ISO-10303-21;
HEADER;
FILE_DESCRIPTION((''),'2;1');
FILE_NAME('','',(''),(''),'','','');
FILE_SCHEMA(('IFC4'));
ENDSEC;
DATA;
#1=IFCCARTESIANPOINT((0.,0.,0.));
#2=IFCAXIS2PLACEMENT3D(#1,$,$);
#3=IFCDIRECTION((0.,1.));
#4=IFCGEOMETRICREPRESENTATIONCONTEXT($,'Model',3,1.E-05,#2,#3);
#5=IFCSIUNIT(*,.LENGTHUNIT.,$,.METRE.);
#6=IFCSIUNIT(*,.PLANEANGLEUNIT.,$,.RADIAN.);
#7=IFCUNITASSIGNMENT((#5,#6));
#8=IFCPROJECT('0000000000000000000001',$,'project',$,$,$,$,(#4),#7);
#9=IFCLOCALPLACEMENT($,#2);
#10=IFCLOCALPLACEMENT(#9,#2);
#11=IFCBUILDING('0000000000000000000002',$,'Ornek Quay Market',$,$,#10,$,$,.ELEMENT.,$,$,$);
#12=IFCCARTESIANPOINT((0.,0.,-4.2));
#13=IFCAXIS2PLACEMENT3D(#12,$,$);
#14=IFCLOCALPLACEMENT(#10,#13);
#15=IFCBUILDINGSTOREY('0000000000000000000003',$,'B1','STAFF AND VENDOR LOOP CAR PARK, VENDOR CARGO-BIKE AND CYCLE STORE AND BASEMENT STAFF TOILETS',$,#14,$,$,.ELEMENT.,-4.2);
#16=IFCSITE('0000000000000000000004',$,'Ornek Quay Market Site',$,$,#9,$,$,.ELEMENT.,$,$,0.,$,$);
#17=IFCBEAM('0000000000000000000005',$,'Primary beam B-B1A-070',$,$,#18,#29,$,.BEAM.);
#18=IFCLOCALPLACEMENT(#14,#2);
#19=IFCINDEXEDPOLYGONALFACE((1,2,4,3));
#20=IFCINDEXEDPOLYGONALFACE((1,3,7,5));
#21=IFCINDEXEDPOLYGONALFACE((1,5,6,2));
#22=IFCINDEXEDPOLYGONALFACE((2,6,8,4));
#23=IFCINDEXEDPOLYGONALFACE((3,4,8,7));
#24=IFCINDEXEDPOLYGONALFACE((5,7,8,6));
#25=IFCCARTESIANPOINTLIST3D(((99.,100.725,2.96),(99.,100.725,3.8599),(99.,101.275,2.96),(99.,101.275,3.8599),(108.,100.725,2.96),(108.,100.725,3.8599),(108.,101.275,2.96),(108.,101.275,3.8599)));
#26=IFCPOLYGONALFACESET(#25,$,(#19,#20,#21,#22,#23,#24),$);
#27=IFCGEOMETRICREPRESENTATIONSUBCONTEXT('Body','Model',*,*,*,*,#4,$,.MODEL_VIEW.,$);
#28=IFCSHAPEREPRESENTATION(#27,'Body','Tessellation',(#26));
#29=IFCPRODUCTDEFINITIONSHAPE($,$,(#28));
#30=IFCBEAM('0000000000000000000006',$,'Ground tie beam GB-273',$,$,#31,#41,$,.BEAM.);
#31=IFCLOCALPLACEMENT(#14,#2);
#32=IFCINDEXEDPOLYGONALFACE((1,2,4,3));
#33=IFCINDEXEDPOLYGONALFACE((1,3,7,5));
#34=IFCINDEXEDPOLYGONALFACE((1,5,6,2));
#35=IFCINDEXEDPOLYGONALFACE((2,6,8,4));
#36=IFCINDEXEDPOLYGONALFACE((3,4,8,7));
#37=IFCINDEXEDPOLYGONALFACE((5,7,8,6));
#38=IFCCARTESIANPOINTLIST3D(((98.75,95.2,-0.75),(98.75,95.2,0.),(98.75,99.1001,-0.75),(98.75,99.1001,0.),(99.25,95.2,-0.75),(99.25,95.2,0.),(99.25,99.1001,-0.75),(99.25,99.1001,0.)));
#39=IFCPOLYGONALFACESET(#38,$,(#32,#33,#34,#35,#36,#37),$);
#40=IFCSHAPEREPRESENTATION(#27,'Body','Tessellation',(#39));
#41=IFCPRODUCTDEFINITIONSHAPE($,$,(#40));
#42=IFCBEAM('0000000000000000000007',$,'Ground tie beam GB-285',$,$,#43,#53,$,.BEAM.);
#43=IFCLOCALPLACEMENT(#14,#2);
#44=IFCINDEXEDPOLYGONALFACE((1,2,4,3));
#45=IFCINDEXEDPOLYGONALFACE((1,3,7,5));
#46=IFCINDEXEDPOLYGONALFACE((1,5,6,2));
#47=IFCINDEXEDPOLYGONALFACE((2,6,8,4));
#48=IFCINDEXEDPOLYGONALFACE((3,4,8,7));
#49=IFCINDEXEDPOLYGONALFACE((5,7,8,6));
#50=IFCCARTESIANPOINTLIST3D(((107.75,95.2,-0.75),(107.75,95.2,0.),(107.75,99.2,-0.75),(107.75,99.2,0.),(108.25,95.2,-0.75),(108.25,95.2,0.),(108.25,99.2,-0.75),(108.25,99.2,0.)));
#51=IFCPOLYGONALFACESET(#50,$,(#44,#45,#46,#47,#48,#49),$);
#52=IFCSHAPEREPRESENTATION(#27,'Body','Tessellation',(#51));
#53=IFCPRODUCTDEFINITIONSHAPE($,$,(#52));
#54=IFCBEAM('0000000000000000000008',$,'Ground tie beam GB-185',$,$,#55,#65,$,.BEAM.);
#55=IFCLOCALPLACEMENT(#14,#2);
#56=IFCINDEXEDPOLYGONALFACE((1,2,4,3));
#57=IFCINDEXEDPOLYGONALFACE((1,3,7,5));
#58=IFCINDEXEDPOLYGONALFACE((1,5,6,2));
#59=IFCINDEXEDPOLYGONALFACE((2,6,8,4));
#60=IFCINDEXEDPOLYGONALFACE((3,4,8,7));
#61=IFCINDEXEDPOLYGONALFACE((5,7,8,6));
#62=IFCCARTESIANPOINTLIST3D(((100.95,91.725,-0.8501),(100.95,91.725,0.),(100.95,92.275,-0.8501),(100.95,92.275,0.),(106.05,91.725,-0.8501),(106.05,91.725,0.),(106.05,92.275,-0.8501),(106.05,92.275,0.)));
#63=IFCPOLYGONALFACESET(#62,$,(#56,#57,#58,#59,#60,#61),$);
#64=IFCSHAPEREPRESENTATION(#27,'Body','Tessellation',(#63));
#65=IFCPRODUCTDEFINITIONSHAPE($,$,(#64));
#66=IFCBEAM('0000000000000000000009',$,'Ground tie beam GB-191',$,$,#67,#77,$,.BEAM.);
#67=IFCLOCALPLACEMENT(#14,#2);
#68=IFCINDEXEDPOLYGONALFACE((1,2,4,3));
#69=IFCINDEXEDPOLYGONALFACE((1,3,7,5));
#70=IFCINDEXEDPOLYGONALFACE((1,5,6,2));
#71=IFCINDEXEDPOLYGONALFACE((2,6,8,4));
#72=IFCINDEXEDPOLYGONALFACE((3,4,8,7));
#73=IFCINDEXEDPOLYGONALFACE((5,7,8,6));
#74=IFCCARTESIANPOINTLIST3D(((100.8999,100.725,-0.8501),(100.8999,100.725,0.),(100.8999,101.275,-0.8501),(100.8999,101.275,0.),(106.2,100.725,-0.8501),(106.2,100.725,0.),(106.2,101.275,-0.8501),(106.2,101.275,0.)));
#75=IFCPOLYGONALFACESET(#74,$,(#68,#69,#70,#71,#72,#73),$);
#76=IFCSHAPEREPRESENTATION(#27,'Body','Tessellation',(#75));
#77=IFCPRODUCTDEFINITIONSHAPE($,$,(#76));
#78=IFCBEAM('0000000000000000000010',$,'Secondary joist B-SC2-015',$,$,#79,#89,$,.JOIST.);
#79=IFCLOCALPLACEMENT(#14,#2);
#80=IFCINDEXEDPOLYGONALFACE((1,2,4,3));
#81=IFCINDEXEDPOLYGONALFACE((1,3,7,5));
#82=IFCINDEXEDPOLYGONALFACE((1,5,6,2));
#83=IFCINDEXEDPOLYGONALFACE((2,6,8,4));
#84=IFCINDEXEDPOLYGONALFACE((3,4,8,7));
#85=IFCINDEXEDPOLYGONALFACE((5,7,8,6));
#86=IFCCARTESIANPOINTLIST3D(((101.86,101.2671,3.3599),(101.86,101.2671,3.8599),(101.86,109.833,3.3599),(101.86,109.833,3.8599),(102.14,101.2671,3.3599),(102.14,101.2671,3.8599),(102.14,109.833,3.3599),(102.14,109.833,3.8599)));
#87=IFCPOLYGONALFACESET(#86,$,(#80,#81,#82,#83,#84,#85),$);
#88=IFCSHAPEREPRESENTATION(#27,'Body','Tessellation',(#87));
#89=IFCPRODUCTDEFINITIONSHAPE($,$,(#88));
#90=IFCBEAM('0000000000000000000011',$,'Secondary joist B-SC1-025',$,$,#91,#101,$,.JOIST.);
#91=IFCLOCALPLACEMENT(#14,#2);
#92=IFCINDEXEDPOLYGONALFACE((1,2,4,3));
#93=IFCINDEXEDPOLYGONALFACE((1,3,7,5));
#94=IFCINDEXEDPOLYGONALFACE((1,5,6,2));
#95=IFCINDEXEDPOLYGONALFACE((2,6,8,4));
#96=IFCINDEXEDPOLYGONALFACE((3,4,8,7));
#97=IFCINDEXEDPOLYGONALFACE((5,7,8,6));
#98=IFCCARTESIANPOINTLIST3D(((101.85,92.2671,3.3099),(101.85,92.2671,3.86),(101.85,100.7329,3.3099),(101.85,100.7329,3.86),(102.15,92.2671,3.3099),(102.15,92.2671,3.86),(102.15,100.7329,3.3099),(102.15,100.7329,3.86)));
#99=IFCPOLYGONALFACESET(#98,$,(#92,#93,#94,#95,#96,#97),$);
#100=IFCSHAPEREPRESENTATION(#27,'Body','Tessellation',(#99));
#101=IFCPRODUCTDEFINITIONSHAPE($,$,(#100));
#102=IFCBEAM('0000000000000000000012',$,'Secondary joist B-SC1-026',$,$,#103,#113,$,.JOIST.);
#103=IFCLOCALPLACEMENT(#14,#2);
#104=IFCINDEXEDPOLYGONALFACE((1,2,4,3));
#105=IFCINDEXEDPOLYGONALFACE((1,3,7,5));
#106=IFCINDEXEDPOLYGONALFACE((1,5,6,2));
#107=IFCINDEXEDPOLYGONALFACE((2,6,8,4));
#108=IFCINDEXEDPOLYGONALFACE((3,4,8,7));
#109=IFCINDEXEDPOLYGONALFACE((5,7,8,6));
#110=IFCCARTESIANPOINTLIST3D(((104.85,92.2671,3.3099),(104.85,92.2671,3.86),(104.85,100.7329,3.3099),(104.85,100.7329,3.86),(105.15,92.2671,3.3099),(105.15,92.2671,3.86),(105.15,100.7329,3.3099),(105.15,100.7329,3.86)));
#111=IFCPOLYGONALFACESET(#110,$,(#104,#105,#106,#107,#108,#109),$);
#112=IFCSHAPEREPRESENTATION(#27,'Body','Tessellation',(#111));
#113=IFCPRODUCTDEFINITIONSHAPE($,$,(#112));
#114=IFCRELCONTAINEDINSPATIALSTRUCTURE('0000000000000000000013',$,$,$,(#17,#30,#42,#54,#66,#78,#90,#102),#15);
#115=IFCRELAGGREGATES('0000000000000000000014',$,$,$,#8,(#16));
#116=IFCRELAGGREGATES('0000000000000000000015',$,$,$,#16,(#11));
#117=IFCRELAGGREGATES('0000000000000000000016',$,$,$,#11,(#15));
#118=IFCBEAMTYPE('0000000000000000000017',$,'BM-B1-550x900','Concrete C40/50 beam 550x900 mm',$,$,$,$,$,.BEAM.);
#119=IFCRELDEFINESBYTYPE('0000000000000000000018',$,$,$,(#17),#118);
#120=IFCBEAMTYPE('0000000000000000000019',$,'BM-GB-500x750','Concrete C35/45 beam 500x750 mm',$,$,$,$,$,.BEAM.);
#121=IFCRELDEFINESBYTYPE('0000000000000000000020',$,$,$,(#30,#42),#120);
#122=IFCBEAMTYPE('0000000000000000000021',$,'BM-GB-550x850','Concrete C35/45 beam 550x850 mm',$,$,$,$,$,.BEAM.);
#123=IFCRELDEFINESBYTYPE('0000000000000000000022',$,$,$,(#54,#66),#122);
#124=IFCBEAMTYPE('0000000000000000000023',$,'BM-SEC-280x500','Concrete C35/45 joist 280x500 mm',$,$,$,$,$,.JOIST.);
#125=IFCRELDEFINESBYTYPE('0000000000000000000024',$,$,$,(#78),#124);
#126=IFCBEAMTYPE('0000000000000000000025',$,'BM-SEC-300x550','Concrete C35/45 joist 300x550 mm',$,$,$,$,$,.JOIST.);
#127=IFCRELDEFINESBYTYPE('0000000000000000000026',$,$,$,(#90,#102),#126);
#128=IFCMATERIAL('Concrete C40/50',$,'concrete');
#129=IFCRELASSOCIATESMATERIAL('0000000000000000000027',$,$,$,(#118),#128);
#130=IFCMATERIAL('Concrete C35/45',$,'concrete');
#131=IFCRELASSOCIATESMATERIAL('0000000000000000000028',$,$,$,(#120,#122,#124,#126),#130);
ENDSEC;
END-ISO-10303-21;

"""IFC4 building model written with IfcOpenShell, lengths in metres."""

from ifc_helpers import new_model, si_unit, direction, frame, origin, origin_2d, place, context, subcontext, project, spatial, rectangle, extrude, material, material_profile, profile_set, type_object, element, save


model = new_model("IFC4")

# Units and contexts
model_context = context("Model", 3, precision=1e-05, world=origin(), true_north=direction((0.0, 1.0)))
body_context = subcontext(model_context, "Body", "Model", "MODEL_VIEW")
ifc_project = project(units=[si_unit("LENGTHUNIT", "METRE"), si_unit("PLANEANGLEUNIT", "RADIAN")], contexts=[model_context])

# Site, building, storey
site_placement = place(None, origin())
site = spatial("IfcSite", under=ifc_project, at=site_placement, Name="Ornek Quay Market Site", CompositionType="ELEMENT", RefElevation=0.0)
building_placement = place(site_placement, origin())
building = spatial("IfcBuilding", under=site, at=building_placement, Name="Ornek Quay Market", CompositionType="ELEMENT")
storey_placement = place(building_placement, frame((0.0, 0.0, -4.2)))
storey = spatial("IfcBuildingStorey", under=building, at=storey_placement, Name="B1", Description="STAFF AND VENDOR LOOP CAR PARK, VENDOR CARGO-BIKE AND CYCLE STORE AND BASEMENT STAFF TOILETS", CompositionType="ELEMENT", Elevation=-4.2)

# Shared definitions
ifc_material_1 = material(Name="Concrete C35/45", Category="concrete")

# Shared definitions
ifc_material_2 = material(Name="Concrete C40/50", Category="concrete")

# Beams
ifc_material_profile_1 = material_profile(ifc_material_2, rectangle(XDim=0.55, YDim=0.8999, at=origin_2d()), Name="RC 550x900", Category="concrete")
ifc_profile_set_1 = profile_set([ifc_material_profile_1], Name="Concrete C40/50")
beam_type_1 = type_object("IfcBeamType", Name="BM-B1-550x900", Description="Concrete C40/50 beam 550x900 mm", PredefinedType="BEAM", material=ifc_profile_set_1)
for number, where, z_axis, x_axis, name in (
    (1, (99.0, 101.0, 3.4099), (1.0, 0.0, 0.0), (0.0, 1.0, 0.0), "Primary beam B-B1A-070"),
):
    element("IfcBeam", number, at=place(storey_placement, frame(where, z_axis=z_axis, x_axis=x_axis)), inside=storey, type_object=beam_type_1, Name=name, PredefinedType="BEAM", context=body_context, shape_type="SweptSolid", body=[
        extrude(rectangle(XDim=0.55, YDim=0.8999, at=origin_2d()), origin(), (0.0, 0.0, 1.0), 9.0),
    ])
ifc_material_profile_2 = material_profile(ifc_material_1, rectangle(XDim=0.5, YDim=0.75, at=origin_2d()), Name="RC 500x750", Category="concrete")
ifc_profile_set_2 = profile_set([ifc_material_profile_2], Name="Concrete C35/45")
beam_type_2 = type_object("IfcBeamType", Name="BM-GB-500x750", Description="Concrete C35/45 beam 500x750 mm", PredefinedType="BEAM", material=ifc_profile_set_2)
beam_1_placement = place(storey_placement, frame((99.0, 95.2, -0.375), z_axis=(0.0, 1.0, 0.0), x_axis=(-1.0, 0.0, 0.0)))
element("IfcBeam", 2, at=beam_1_placement, inside=storey, type_object=beam_type_2, Name="Ground tie beam GB-273", PredefinedType="BEAM", context=body_context, shape_type="SweptSolid", body=[
    extrude(rectangle(XDim=0.5, YDim=0.75, at=origin_2d()), origin(), (0.0, 0.0, 1.0), 3.9001),
])
beam_2_placement = place(storey_placement, frame((108.0, 95.2, -0.375), z_axis=(0.0, 1.0, 0.0), x_axis=(-1.0, 0.0, 0.0)))
element("IfcBeam", 3, at=beam_2_placement, inside=storey, type_object=beam_type_2, Name="Ground tie beam GB-285", PredefinedType="BEAM", context=body_context, shape_type="SweptSolid", body=[
    extrude(rectangle(XDim=0.5, YDim=0.75, at=origin_2d()), origin(), (0.0, 0.0, 1.0), 4.0),
])
ifc_material_profile_3 = material_profile(ifc_material_1, rectangle(XDim=0.55, YDim=0.8501, at=origin_2d()), Name="RC 550x850", Category="concrete")
ifc_profile_set_3 = profile_set([ifc_material_profile_3], Name="Concrete C35/45")
beam_type_3 = type_object("IfcBeamType", Name="BM-GB-550x850", Description="Concrete C35/45 beam 550x850 mm", PredefinedType="BEAM", material=ifc_profile_set_3)
beam_3_placement = place(storey_placement, frame((100.95, 92.0, -0.425), z_axis=(1.0, 0.0, 0.0), x_axis=(0.0, 1.0, 0.0)))
element("IfcBeam", 4, at=beam_3_placement, inside=storey, type_object=beam_type_3, Name="Ground tie beam GB-185", PredefinedType="BEAM", context=body_context, shape_type="SweptSolid", body=[
    extrude(rectangle(XDim=0.55, YDim=0.8501, at=origin_2d()), origin(), (0.0, 0.0, 1.0), 5.1001),
])
beam_4_placement = place(storey_placement, frame((100.8999, 101.0, -0.425), z_axis=(1.0, 0.0, 0.0), x_axis=(0.0, 1.0, 0.0)))
element("IfcBeam", 5, at=beam_4_placement, inside=storey, type_object=beam_type_3, Name="Ground tie beam GB-191", PredefinedType="BEAM", context=body_context, shape_type="SweptSolid", body=[
    extrude(rectangle(XDim=0.55, YDim=0.8501, at=origin_2d()), origin(), (0.0, 0.0, 1.0), 5.3),
])
ifc_material_profile_4 = material_profile(ifc_material_1, rectangle(XDim=0.28, YDim=0.5, at=origin_2d()), Name="RC 280x500", Category="concrete")
ifc_profile_set_4 = profile_set([ifc_material_profile_4], Name="Concrete C35/45")
beam_type_4 = type_object("IfcBeamType", Name="BM-SEC-280x500", Description="Concrete C35/45 joist 280x500 mm", PredefinedType="JOIST", material=ifc_profile_set_4)
beam_5_placement = place(storey_placement, frame((102.0, 101.2671, 3.6099), z_axis=(0.0, 1.0, 0.0), x_axis=(-1.0, 0.0, 0.0)))
element("IfcBeam", 6, at=beam_5_placement, inside=storey, type_object=beam_type_4, Name="Secondary joist B-SC2-015", PredefinedType="JOIST", context=body_context, shape_type="SweptSolid", body=[
    extrude(rectangle(XDim=0.28, YDim=0.5, at=origin_2d()), origin(), (0.0, 0.0, 1.0), 8.5659),
])
ifc_material_profile_5 = material_profile(ifc_material_1, rectangle(XDim=0.3, YDim=0.55, at=origin_2d()), Name="RC 300x550", Category="concrete")
ifc_profile_set_5 = profile_set([ifc_material_profile_5], Name="Concrete C35/45")
beam_type_5 = type_object("IfcBeamType", Name="BM-SEC-300x550", Description="Concrete C35/45 joist 300x550 mm", PredefinedType="JOIST", material=ifc_profile_set_5)
for number, where, z_axis, x_axis, name in (
    (7, (102.0, 92.2671, 3.585), (0.0, 1.0, 0.0), (-1.0, 0.0, 0.0), "Secondary joist B-SC1-025"),
    (8, (105.0, 92.2671, 3.585), (0.0, 1.0, 0.0), (-1.0, 0.0, 0.0), "Secondary joist B-SC1-026"),
):
    element("IfcBeam", number, at=place(storey_placement, frame(where, z_axis=z_axis, x_axis=x_axis)), inside=storey, type_object=beam_type_5, Name=name, PredefinedType="JOIST", context=body_context, shape_type="SweptSolid", body=[
        extrude(rectangle(XDim=0.3, YDim=0.55, at=origin_2d()), origin(), (0.0, 0.0, 1.0), 8.4658),
    ])

save(model, "model.ifc")
